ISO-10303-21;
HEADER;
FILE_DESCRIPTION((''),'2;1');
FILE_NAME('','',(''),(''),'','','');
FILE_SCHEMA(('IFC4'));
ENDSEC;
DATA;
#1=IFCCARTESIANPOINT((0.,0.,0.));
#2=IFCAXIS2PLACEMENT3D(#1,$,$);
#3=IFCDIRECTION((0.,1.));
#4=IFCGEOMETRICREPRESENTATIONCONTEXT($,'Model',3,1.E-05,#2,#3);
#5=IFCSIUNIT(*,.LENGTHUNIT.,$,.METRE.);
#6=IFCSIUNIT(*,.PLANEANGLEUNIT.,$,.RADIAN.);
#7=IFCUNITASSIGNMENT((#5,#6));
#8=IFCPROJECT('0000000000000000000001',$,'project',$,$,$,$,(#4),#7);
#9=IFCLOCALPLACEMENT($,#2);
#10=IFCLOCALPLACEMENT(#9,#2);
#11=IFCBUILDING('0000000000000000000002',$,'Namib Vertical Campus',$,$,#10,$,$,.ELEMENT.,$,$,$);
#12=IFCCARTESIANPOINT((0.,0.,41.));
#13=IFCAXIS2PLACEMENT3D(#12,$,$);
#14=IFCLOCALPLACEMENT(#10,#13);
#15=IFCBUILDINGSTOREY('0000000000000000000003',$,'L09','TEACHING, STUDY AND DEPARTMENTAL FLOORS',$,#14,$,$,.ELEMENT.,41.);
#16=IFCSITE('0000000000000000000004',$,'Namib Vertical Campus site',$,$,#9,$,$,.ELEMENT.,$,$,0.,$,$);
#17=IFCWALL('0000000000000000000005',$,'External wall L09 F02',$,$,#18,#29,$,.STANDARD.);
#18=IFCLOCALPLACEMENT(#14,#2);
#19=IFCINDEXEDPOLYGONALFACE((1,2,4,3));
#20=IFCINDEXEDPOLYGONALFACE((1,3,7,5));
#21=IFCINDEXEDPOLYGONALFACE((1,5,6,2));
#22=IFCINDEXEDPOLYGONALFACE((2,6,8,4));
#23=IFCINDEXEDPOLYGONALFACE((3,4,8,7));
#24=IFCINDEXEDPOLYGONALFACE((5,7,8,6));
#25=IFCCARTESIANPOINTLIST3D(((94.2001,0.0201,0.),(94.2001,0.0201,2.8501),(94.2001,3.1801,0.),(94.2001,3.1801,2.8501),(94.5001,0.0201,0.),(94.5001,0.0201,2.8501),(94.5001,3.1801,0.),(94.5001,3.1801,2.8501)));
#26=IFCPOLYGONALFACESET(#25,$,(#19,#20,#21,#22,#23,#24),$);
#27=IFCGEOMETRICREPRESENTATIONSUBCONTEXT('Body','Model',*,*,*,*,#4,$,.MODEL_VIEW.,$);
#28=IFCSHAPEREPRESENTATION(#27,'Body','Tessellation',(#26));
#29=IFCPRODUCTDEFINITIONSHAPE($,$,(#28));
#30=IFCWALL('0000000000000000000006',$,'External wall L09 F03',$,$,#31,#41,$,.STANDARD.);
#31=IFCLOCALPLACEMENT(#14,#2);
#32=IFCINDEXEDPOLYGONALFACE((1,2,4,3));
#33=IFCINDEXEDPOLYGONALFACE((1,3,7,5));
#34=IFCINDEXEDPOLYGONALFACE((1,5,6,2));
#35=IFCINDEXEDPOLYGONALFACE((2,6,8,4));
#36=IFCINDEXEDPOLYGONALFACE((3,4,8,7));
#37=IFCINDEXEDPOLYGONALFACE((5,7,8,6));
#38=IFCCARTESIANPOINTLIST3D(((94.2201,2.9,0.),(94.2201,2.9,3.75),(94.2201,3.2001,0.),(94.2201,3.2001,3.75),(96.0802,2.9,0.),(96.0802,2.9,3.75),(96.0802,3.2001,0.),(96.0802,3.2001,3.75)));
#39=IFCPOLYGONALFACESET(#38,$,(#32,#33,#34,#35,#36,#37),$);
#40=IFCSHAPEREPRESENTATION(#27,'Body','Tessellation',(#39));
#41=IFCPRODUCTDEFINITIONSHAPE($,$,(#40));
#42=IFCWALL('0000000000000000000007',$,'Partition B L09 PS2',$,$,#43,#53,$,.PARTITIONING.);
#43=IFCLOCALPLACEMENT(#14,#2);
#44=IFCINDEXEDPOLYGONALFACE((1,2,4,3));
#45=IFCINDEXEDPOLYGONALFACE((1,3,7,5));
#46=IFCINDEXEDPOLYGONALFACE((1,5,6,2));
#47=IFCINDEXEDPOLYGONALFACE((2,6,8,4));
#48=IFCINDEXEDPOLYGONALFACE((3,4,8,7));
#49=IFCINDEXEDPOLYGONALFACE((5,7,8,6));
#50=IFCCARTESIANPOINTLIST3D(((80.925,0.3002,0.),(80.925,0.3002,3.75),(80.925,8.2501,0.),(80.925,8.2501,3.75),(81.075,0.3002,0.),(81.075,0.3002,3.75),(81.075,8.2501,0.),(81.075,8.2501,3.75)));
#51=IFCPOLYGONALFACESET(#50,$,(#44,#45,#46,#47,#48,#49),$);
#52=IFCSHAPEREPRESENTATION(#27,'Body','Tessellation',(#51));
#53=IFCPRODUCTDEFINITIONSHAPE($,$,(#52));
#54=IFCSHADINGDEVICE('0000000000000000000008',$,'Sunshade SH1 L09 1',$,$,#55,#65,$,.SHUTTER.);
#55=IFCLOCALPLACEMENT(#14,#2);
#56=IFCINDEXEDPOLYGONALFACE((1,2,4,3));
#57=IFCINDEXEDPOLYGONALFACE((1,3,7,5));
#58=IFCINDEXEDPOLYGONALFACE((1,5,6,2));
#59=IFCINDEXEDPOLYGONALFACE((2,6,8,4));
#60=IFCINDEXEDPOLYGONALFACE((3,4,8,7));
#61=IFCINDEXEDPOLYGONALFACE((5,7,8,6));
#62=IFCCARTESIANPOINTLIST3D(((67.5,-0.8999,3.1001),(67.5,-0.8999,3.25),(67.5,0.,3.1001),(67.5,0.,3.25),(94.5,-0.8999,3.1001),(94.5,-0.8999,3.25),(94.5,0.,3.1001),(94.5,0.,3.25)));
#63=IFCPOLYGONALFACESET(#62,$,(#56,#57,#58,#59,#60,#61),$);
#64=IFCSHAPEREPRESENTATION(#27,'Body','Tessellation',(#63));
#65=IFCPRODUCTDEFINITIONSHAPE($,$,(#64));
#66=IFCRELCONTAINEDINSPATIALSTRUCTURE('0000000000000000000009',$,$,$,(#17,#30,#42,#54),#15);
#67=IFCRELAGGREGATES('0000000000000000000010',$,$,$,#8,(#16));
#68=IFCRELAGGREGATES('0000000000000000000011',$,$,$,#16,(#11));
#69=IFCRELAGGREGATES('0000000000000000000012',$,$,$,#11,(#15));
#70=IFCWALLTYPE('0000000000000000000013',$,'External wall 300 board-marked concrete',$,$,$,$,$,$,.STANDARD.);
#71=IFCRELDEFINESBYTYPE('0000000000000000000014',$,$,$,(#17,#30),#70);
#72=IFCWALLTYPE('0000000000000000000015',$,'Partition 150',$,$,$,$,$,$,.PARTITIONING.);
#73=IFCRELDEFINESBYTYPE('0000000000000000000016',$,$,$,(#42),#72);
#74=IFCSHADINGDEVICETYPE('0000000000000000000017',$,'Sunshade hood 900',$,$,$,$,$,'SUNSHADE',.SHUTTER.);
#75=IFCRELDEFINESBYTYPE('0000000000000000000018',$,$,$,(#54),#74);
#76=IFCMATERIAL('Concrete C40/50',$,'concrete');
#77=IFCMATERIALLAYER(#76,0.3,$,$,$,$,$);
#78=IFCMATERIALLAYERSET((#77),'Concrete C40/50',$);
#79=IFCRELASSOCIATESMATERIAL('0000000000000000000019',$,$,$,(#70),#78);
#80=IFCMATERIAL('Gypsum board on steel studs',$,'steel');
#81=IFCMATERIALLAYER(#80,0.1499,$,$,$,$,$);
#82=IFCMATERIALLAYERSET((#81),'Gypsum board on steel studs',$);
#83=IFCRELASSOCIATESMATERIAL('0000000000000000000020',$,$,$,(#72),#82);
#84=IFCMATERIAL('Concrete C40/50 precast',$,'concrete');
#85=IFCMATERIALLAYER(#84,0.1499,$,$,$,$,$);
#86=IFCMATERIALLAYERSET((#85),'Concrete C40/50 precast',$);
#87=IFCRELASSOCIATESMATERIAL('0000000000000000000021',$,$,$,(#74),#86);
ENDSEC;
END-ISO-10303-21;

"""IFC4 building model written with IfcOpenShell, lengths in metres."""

from ifc_helpers import new_model, si_unit, direction, frame, frame_2d, origin, origin_2d, place, context, subcontext, project, spatial, rectangle, extrude, material, layer, layer_set, type_object, element, save


model = new_model("IFC4")

# Units and contexts
model_context = context("Model", 3, precision=1e-05, world=origin(), true_north=direction((0.0, 1.0)))
body_context = subcontext(model_context, "Body", "Model", "MODEL_VIEW")
ifc_project = project(units=[si_unit("LENGTHUNIT", "METRE"), si_unit("PLANEANGLEUNIT", "RADIAN")], contexts=[model_context])

# Site, building, storey
site_placement = place(None, origin())
site = spatial("IfcSite", under=ifc_project, at=site_placement, Name="Namib Vertical Campus site", CompositionType="ELEMENT", RefElevation=0.0)
building_placement = place(site_placement, origin())
building = spatial("IfcBuilding", under=site, at=building_placement, Name="Namib Vertical Campus", CompositionType="ELEMENT")
storey_placement = place(building_placement, frame((0.0, 0.0, 41.0)))
storey = spatial("IfcBuildingStorey", under=building, at=storey_placement, Name="L09", Description="TEACHING, STUDY AND DEPARTMENTAL FLOORS", CompositionType="ELEMENT", Elevation=41.0)

# Walls
ifc_material_1 = material(Name="Concrete C40/50", Category="concrete")
ifc_layer_1 = layer(ifc_material_1, 0.3)
ifc_layer_set_1 = layer_set([ifc_layer_1], Name="Concrete C40/50")
wall_type_1 = type_object("IfcWallType", Name="External wall 300 board-marked concrete", PredefinedType="STANDARD", material=ifc_layer_set_1)
wall_1_placement = place(storey_placement, frame((94.3501, 0.02, 0.0), z_axis=(0.0, 0.0, 1.0), x_axis=(0.0, 1.0, 0.0)))
element("IfcWall", 1, at=wall_1_placement, inside=storey, type_object=wall_type_1, Name="External wall L09 F02", PredefinedType="STANDARD", context=body_context, shape_type="SweptSolid", body=[
    extrude(rectangle(XDim=3.1599, YDim=0.3, at=frame_2d((1.5801, 0.0))), origin(), (0.0, 0.0, 1.0), 2.8501),
])
wall_2_placement = place(storey_placement, frame((94.22, 3.05, 0.0), z_axis=(0.0, 0.0, 1.0), x_axis=(1.0, 0.0, 0.0)))
element("IfcWall", 2, at=wall_2_placement, inside=storey, type_object=wall_type_1, Name="External wall L09 F03", PredefinedType="STANDARD", context=body_context, shape_type="SweptSolid", body=[
    extrude(rectangle(XDim=1.8601, YDim=0.3, at=frame_2d((0.9302, 0.0))), origin(), (0.0, 0.0, 1.0), 3.75),
])
ifc_material_2 = material(Name="Gypsum board on steel studs", Category="steel")
ifc_layer_2 = layer(ifc_material_2, 0.1499)
ifc_layer_set_2 = layer_set([ifc_layer_2], Name="Gypsum board on steel studs")
wall_type_2 = type_object("IfcWallType", Name="Partition 150", PredefinedType="PARTITIONING", material=ifc_layer_set_2)
wall_3_placement = place(storey_placement, frame((81.0, 0.3, 0.0), z_axis=(0.0, 0.0, 1.0), x_axis=(0.0, 1.0, 0.0)))
element("IfcWall", 3, at=wall_3_placement, inside=storey, type_object=wall_type_2, Name="Partition B L09 PS2", PredefinedType="PARTITIONING", context=body_context, shape_type="SweptSolid", body=[
    extrude(rectangle(XDim=7.95, YDim=0.1499, at=frame_2d((3.9751, 0.0))), origin(), (0.0, 0.0, 1.0), 3.75),
])

# Shading device
ifc_material_3 = material(Name="Concrete C40/50 precast", Category="concrete")
ifc_layer_3 = layer(ifc_material_3, 0.1499)
ifc_layer_set_3 = layer_set([ifc_layer_3], Name="Concrete C40/50 precast")
shading_device_type = type_object("IfcShadingDeviceType", Name="Sunshade hood 900", ElementType="SUNSHADE", PredefinedType="SHUTTER", material=ifc_layer_set_3)
shading_device_placement = place(storey_placement, frame((81.0, -0.45, 3.1001), z_axis=(0.0, 0.0, 1.0), x_axis=(1.0, 0.0, 0.0)))
element("IfcShadingDevice", 4, at=shading_device_placement, inside=storey, type_object=shading_device_type, Name="Sunshade SH1 L09 1", PredefinedType="SHUTTER", context=body_context, shape_type="SweptSolid", body=[
    extrude(rectangle(XDim=27.0, YDim=0.8999, at=origin_2d()), origin(), (0.0, 0.0, 1.0), 0.1499),
])

save(model, "model.ifc")
